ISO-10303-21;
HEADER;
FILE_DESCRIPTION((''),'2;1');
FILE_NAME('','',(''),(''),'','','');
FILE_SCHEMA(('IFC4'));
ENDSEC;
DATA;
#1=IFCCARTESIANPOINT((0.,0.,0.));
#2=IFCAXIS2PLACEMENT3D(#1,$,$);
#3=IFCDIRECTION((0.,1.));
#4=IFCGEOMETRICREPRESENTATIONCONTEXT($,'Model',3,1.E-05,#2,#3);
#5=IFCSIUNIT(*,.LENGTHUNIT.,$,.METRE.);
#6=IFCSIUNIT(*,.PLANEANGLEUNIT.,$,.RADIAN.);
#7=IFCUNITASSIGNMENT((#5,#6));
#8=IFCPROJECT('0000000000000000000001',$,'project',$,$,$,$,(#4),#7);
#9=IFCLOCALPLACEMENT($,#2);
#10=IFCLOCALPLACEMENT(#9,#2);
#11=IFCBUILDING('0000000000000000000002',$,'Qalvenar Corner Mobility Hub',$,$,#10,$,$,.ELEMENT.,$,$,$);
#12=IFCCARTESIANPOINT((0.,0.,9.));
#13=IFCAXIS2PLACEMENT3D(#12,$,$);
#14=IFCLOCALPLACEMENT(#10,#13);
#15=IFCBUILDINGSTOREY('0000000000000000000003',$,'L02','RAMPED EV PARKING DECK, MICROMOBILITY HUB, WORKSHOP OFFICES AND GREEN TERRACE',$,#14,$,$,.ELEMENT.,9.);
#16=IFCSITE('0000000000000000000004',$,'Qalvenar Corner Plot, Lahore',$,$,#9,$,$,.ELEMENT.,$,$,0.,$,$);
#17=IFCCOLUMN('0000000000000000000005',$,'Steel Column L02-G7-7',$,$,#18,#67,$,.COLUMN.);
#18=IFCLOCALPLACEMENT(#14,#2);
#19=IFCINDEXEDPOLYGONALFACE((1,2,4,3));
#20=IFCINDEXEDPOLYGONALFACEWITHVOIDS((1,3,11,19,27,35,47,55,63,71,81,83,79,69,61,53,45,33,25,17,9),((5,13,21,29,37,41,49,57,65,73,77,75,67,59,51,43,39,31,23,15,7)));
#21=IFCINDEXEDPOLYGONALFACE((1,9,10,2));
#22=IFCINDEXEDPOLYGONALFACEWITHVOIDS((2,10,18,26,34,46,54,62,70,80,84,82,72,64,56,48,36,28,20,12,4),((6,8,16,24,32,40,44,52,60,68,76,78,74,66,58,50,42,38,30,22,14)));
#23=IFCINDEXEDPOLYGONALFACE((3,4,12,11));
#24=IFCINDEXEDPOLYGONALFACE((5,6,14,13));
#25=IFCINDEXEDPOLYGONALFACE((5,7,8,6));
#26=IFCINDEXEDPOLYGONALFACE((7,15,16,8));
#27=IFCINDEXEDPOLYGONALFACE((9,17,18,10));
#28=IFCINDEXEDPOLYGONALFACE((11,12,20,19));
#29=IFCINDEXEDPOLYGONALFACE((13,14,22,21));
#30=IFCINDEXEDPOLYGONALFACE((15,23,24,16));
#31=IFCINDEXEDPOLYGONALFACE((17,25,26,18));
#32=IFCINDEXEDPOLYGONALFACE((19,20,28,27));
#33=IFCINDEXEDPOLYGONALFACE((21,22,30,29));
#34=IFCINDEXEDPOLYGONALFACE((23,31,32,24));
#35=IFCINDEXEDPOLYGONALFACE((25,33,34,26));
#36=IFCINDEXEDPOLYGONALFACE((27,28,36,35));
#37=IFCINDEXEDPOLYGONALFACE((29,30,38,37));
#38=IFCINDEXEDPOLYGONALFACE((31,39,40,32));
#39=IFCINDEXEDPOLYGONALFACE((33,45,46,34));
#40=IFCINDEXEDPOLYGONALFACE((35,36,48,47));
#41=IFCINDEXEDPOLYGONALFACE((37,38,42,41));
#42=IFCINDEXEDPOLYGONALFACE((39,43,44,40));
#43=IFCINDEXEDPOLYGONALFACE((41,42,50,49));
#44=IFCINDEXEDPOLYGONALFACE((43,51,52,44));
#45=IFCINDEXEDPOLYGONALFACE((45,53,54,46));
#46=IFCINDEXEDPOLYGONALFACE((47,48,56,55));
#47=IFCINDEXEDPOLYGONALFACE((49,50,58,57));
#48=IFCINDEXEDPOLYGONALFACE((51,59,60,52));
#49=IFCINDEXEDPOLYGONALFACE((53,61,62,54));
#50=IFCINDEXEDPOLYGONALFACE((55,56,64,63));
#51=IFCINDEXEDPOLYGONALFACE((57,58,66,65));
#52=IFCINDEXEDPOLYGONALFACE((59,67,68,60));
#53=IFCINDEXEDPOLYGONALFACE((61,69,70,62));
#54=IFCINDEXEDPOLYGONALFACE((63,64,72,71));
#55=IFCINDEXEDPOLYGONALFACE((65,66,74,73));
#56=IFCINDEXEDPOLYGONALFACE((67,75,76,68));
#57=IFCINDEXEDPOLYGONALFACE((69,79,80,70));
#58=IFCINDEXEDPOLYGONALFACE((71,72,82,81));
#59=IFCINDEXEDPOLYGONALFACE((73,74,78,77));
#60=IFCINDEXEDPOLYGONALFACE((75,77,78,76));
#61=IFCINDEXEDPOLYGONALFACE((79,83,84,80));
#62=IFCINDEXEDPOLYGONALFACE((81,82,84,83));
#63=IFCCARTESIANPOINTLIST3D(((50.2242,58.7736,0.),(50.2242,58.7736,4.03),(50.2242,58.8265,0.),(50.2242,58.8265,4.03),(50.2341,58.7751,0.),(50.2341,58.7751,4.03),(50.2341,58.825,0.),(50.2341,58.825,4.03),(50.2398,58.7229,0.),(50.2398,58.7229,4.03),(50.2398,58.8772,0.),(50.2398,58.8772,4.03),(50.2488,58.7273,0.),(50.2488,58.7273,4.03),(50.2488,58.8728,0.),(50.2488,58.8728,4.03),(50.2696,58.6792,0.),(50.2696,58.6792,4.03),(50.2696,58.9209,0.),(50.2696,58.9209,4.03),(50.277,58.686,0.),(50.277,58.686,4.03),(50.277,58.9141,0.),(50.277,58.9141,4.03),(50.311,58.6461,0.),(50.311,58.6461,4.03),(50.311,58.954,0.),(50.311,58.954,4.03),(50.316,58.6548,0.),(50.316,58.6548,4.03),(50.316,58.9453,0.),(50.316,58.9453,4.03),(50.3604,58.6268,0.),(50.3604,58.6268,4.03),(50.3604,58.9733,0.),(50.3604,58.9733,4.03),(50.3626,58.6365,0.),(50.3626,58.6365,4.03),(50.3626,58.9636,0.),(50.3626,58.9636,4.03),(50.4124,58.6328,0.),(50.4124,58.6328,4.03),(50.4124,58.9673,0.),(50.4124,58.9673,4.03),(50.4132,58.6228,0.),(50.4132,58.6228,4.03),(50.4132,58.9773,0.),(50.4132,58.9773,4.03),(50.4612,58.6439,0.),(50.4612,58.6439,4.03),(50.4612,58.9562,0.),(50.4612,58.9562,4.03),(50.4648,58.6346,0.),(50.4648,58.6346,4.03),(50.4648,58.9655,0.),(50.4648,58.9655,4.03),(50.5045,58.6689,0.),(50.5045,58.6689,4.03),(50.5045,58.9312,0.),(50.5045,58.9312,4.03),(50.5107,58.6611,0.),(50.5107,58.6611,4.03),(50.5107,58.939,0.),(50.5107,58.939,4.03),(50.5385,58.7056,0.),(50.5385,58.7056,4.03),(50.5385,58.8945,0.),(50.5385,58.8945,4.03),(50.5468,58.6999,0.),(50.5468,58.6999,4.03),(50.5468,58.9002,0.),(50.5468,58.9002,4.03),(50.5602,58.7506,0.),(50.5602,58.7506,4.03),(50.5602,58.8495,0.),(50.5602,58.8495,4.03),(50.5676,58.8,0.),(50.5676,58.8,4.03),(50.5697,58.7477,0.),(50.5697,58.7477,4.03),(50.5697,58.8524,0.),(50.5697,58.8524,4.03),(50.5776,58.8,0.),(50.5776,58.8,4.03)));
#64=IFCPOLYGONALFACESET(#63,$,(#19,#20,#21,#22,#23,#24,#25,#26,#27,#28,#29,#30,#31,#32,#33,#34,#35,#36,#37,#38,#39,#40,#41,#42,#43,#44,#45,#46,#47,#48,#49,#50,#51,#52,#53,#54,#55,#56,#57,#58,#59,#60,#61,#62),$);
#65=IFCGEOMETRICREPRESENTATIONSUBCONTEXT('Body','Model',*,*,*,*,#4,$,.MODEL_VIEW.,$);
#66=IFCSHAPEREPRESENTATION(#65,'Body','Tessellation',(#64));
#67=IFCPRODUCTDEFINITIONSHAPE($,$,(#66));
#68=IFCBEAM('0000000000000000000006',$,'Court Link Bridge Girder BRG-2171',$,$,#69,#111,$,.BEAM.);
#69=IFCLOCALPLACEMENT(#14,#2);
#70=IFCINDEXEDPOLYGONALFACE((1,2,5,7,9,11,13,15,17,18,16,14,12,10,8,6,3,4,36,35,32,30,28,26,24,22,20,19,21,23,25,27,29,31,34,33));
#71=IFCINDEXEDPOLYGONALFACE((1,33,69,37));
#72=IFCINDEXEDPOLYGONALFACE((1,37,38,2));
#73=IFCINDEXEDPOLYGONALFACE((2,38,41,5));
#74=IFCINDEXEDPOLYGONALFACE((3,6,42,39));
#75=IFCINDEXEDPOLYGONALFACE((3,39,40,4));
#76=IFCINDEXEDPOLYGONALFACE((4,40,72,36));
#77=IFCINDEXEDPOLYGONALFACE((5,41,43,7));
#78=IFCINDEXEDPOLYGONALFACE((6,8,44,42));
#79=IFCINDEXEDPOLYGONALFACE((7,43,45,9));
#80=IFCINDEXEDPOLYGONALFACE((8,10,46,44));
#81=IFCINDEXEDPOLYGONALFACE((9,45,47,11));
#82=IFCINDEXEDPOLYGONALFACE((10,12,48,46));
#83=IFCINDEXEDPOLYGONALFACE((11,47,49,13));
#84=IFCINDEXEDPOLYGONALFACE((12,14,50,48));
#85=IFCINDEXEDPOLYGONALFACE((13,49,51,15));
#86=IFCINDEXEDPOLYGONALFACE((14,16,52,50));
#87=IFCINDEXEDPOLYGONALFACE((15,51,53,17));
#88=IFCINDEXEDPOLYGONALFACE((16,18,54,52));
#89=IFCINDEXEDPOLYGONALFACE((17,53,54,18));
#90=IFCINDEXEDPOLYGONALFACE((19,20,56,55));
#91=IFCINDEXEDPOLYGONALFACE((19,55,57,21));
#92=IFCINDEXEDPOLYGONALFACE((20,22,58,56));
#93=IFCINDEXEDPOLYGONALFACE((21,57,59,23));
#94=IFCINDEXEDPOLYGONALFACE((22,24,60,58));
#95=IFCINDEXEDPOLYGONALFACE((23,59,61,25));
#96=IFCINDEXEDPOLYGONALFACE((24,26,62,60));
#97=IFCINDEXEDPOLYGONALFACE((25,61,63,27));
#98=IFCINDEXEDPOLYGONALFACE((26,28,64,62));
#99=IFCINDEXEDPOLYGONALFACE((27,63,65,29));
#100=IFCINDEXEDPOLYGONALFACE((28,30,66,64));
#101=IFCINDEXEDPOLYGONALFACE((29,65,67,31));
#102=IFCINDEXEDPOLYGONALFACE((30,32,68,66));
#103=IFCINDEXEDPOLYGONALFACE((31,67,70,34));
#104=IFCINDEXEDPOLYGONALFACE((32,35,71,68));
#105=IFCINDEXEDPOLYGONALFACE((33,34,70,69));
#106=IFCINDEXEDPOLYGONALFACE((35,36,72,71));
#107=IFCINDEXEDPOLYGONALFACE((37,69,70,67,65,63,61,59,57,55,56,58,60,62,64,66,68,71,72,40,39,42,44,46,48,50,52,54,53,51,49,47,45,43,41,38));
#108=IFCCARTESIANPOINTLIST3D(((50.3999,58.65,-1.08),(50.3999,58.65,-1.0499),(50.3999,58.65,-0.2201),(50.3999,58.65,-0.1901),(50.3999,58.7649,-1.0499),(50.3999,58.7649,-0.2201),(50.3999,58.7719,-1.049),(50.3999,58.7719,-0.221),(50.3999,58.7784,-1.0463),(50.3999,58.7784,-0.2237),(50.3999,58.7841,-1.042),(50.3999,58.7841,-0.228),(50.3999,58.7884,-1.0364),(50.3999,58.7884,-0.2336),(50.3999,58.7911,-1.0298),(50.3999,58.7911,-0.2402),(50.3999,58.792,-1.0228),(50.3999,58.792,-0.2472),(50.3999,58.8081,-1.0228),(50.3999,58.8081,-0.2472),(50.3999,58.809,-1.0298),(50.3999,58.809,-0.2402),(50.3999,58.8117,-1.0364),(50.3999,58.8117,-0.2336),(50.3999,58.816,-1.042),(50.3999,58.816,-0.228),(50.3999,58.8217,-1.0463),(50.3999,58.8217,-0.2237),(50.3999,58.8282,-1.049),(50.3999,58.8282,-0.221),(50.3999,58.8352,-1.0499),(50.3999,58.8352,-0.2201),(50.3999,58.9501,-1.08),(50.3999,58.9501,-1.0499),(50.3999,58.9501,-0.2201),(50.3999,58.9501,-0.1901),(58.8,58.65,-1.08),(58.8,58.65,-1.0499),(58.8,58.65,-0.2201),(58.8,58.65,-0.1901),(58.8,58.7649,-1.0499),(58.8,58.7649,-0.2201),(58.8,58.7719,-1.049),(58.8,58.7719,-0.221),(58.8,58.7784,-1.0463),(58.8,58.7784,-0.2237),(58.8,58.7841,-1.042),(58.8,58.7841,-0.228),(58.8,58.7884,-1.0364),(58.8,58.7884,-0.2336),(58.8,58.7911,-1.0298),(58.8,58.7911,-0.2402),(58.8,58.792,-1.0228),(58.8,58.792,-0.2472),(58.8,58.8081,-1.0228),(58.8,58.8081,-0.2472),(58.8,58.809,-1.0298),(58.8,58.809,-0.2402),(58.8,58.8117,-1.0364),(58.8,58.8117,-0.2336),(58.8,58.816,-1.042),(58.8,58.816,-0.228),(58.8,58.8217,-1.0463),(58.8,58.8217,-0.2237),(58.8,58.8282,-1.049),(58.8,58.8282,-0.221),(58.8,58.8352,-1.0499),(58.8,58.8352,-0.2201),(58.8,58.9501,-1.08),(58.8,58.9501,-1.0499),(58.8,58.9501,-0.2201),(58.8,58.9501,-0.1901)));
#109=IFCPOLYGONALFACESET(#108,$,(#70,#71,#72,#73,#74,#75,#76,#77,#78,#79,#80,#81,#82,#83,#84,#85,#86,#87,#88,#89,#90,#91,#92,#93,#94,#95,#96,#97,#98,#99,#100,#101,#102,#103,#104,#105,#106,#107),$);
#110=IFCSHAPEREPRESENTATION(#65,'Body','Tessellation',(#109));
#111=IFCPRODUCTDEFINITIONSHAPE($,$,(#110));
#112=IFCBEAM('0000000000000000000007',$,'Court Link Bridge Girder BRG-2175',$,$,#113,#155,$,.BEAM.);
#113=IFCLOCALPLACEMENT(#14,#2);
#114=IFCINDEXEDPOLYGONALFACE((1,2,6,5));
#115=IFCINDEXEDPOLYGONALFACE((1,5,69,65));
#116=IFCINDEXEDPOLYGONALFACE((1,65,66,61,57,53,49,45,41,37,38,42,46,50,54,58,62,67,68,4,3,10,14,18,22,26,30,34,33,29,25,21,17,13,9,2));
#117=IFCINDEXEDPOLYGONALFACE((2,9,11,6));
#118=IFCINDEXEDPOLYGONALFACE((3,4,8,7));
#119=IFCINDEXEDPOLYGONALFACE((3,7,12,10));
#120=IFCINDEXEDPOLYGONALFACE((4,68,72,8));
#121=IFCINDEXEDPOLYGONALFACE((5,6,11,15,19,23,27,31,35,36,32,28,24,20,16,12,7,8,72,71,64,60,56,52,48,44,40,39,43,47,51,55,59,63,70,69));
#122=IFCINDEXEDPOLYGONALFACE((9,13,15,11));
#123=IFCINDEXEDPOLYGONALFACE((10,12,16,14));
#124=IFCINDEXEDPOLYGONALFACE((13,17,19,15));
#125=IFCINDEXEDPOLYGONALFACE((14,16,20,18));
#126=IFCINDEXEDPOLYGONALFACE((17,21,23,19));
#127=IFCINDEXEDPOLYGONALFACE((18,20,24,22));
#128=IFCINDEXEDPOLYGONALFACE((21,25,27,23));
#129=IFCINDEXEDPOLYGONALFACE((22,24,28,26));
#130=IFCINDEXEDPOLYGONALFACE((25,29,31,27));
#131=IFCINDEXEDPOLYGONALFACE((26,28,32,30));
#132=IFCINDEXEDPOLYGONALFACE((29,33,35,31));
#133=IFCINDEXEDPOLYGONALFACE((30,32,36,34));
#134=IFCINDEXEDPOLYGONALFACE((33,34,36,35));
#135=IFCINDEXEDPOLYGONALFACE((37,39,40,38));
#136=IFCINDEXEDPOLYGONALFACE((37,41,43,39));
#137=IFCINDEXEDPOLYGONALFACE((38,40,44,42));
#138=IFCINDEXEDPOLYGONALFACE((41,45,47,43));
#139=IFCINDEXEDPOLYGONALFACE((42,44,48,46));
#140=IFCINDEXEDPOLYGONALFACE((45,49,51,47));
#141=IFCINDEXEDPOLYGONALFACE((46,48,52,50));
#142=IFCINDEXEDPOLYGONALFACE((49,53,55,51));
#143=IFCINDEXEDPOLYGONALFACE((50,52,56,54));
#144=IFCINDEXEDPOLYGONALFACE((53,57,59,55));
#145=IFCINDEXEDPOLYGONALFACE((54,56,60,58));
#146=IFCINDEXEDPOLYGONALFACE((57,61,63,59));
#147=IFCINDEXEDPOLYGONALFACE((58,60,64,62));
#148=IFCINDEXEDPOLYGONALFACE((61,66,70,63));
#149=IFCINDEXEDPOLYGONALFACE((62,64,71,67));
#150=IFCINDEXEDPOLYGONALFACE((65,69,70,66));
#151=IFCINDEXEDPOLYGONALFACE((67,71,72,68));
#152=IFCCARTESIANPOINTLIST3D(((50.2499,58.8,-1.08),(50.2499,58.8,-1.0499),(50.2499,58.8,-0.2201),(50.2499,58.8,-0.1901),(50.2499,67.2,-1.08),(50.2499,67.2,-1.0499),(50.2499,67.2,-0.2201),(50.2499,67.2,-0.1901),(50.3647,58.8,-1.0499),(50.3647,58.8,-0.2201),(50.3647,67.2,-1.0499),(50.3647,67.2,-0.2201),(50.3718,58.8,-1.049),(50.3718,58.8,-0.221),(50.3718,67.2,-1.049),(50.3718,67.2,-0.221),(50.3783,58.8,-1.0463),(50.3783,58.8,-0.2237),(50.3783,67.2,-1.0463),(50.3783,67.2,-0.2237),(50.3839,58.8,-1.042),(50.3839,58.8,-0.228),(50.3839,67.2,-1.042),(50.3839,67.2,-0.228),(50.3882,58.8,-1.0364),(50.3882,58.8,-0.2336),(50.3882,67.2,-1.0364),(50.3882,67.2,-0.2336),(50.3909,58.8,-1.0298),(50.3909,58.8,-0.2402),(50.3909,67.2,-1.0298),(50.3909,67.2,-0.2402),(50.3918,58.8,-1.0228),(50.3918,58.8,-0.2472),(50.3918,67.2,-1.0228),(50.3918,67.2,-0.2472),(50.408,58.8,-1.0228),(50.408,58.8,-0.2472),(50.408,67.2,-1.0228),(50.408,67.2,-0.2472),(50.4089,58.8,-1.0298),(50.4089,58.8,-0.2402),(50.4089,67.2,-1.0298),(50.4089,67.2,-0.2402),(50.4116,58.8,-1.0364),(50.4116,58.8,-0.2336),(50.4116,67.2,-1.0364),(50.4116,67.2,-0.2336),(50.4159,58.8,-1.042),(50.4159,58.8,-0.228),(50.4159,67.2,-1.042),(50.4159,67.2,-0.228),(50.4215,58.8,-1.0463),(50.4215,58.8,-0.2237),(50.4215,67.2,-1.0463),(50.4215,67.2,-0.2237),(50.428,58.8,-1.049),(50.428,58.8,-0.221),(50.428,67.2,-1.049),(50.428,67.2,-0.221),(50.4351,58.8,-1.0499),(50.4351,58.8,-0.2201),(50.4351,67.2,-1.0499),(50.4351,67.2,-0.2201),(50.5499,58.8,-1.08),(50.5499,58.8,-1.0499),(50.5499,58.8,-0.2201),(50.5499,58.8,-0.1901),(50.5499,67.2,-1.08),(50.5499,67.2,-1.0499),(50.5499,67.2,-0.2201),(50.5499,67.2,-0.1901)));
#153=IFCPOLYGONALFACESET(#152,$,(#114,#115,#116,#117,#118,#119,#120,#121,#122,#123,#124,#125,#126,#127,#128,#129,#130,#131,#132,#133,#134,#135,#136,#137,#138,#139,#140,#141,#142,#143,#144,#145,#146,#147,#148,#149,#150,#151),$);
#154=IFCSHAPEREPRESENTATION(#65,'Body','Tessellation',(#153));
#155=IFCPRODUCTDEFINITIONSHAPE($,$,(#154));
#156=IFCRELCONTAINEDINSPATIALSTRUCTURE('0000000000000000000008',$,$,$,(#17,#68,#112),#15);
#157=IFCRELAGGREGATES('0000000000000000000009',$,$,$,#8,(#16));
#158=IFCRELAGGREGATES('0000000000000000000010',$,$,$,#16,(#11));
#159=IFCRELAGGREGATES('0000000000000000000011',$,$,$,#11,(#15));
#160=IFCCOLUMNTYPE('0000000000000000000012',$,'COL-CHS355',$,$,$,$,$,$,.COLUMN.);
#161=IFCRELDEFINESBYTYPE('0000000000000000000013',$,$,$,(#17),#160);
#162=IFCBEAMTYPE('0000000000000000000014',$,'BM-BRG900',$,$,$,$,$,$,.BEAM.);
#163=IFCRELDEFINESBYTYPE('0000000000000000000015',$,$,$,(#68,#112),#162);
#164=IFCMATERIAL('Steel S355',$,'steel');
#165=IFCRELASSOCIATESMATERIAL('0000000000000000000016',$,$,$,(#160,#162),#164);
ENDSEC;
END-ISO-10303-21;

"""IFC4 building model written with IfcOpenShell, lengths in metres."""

from ifc_helpers import new_model, si_unit, direction, frame, origin, origin_2d, place, context, subcontext, project, spatial, hollow_circle, i_section, extrude, material, material_profile, profile_set, type_object, element, save


model = new_model("IFC4")

# Units and contexts
model_context = context("Model", 3, precision=1e-05, world=origin(), true_north=direction((0.0, 1.0)))
body_context = subcontext(model_context, "Body", "Model", "MODEL_VIEW")
ifc_project = project(units=[si_unit("LENGTHUNIT", "METRE"), si_unit("PLANEANGLEUNIT", "RADIAN")], contexts=[model_context])

# Site, building, storey
site_placement = place(None, origin())
site = spatial("IfcSite", under=ifc_project, at=site_placement, Name="Qalvenar Corner Plot, Lahore", CompositionType="ELEMENT", RefElevation=0.0)
building_placement = place(site_placement, origin())
building = spatial("IfcBuilding", under=site, at=building_placement, Name="Qalvenar Corner Mobility Hub", CompositionType="ELEMENT")
storey_placement = place(building_placement, frame((0.0, 0.0, 9.0)))
storey = spatial("IfcBuildingStorey", under=building, at=storey_placement, Name="L02", Description="RAMPED EV PARKING DECK, MICROMOBILITY HUB, WORKSHOP OFFICES AND GREEN TERRACE", CompositionType="ELEMENT", Elevation=9.0)

# Column
ifc_material_1 = material(Name="Steel S355", Category="steel")
ifc_material_profile_1 = material_profile(ifc_material_1, hollow_circle(Radius=0.1777, WallThickness=0.01, at=origin_2d()), Name="CHS355.6x10")
ifc_profile_set_1 = profile_set([ifc_material_profile_1], Name="Steel S355")
column_type = type_object("IfcColumnType", Name="COL-CHS355", PredefinedType="COLUMN", material=ifc_profile_set_1)
column_placement = place(storey_placement, frame((50.3999, 58.8, 0.0), z_axis=(0.0, 0.0, 1.0), x_axis=(1.0, 0.0, 0.0)))
element("IfcColumn", 1, at=column_placement, inside=storey, type_object=column_type, Name="Steel Column L02-G7-7", PredefinedType="COLUMN", context=body_context, shape_type="SweptSolid", body=[
    extrude(hollow_circle(Radius=0.1777, WallThickness=0.01, at=origin_2d()), origin(), (0.0, 0.0, 1.0), 4.03),
])

# Beams
ifc_material_profile_2 = material_profile(ifc_material_1, i_section(OverallWidth=0.3, OverallDepth=0.8899, WebThickness=0.0161, FlangeThickness=0.03, FilletRadius=0.0271, at=origin_2d()), Name="HEA900")
ifc_profile_set_2 = profile_set([ifc_material_profile_2], Name="Steel S355")
beam_type = type_object("IfcBeamType", Name="BM-BRG900", PredefinedType="BEAM", material=ifc_profile_set_2)
beam_1_placement = place(storey_placement, frame((50.3999, 58.8, -0.635), z_axis=(1.0, 0.0, 0.0), x_axis=(0.0, 1.0, 0.0)))
element("IfcBeam", 2, at=beam_1_placement, inside=storey, type_object=beam_type, Name="Court Link Bridge Girder BRG-2171", PredefinedType="BEAM", context=body_context, shape_type="SweptSolid", body=[
    extrude(i_section(OverallWidth=0.3, OverallDepth=0.8899, WebThickness=0.0161, FlangeThickness=0.03, FilletRadius=0.0271, at=origin_2d()), origin(), (0.0, 0.0, 1.0), 8.4001),
])
beam_2_placement = place(storey_placement, frame((50.3999, 58.8, -0.635), z_axis=(0.0, 1.0, 0.0), x_axis=(-1.0, 0.0, 0.0)))
element("IfcBeam", 3, at=beam_2_placement, inside=storey, type_object=beam_type, Name="Court Link Bridge Girder BRG-2175", PredefinedType="BEAM", context=body_context, shape_type="SweptSolid", body=[
    extrude(i_section(OverallWidth=0.3, OverallDepth=0.8899, WebThickness=0.0161, FlangeThickness=0.03, FilletRadius=0.0271, at=origin_2d()), origin(), (0.0, 0.0, 1.0), 8.3999),
])

save(model, "model.ifc")
